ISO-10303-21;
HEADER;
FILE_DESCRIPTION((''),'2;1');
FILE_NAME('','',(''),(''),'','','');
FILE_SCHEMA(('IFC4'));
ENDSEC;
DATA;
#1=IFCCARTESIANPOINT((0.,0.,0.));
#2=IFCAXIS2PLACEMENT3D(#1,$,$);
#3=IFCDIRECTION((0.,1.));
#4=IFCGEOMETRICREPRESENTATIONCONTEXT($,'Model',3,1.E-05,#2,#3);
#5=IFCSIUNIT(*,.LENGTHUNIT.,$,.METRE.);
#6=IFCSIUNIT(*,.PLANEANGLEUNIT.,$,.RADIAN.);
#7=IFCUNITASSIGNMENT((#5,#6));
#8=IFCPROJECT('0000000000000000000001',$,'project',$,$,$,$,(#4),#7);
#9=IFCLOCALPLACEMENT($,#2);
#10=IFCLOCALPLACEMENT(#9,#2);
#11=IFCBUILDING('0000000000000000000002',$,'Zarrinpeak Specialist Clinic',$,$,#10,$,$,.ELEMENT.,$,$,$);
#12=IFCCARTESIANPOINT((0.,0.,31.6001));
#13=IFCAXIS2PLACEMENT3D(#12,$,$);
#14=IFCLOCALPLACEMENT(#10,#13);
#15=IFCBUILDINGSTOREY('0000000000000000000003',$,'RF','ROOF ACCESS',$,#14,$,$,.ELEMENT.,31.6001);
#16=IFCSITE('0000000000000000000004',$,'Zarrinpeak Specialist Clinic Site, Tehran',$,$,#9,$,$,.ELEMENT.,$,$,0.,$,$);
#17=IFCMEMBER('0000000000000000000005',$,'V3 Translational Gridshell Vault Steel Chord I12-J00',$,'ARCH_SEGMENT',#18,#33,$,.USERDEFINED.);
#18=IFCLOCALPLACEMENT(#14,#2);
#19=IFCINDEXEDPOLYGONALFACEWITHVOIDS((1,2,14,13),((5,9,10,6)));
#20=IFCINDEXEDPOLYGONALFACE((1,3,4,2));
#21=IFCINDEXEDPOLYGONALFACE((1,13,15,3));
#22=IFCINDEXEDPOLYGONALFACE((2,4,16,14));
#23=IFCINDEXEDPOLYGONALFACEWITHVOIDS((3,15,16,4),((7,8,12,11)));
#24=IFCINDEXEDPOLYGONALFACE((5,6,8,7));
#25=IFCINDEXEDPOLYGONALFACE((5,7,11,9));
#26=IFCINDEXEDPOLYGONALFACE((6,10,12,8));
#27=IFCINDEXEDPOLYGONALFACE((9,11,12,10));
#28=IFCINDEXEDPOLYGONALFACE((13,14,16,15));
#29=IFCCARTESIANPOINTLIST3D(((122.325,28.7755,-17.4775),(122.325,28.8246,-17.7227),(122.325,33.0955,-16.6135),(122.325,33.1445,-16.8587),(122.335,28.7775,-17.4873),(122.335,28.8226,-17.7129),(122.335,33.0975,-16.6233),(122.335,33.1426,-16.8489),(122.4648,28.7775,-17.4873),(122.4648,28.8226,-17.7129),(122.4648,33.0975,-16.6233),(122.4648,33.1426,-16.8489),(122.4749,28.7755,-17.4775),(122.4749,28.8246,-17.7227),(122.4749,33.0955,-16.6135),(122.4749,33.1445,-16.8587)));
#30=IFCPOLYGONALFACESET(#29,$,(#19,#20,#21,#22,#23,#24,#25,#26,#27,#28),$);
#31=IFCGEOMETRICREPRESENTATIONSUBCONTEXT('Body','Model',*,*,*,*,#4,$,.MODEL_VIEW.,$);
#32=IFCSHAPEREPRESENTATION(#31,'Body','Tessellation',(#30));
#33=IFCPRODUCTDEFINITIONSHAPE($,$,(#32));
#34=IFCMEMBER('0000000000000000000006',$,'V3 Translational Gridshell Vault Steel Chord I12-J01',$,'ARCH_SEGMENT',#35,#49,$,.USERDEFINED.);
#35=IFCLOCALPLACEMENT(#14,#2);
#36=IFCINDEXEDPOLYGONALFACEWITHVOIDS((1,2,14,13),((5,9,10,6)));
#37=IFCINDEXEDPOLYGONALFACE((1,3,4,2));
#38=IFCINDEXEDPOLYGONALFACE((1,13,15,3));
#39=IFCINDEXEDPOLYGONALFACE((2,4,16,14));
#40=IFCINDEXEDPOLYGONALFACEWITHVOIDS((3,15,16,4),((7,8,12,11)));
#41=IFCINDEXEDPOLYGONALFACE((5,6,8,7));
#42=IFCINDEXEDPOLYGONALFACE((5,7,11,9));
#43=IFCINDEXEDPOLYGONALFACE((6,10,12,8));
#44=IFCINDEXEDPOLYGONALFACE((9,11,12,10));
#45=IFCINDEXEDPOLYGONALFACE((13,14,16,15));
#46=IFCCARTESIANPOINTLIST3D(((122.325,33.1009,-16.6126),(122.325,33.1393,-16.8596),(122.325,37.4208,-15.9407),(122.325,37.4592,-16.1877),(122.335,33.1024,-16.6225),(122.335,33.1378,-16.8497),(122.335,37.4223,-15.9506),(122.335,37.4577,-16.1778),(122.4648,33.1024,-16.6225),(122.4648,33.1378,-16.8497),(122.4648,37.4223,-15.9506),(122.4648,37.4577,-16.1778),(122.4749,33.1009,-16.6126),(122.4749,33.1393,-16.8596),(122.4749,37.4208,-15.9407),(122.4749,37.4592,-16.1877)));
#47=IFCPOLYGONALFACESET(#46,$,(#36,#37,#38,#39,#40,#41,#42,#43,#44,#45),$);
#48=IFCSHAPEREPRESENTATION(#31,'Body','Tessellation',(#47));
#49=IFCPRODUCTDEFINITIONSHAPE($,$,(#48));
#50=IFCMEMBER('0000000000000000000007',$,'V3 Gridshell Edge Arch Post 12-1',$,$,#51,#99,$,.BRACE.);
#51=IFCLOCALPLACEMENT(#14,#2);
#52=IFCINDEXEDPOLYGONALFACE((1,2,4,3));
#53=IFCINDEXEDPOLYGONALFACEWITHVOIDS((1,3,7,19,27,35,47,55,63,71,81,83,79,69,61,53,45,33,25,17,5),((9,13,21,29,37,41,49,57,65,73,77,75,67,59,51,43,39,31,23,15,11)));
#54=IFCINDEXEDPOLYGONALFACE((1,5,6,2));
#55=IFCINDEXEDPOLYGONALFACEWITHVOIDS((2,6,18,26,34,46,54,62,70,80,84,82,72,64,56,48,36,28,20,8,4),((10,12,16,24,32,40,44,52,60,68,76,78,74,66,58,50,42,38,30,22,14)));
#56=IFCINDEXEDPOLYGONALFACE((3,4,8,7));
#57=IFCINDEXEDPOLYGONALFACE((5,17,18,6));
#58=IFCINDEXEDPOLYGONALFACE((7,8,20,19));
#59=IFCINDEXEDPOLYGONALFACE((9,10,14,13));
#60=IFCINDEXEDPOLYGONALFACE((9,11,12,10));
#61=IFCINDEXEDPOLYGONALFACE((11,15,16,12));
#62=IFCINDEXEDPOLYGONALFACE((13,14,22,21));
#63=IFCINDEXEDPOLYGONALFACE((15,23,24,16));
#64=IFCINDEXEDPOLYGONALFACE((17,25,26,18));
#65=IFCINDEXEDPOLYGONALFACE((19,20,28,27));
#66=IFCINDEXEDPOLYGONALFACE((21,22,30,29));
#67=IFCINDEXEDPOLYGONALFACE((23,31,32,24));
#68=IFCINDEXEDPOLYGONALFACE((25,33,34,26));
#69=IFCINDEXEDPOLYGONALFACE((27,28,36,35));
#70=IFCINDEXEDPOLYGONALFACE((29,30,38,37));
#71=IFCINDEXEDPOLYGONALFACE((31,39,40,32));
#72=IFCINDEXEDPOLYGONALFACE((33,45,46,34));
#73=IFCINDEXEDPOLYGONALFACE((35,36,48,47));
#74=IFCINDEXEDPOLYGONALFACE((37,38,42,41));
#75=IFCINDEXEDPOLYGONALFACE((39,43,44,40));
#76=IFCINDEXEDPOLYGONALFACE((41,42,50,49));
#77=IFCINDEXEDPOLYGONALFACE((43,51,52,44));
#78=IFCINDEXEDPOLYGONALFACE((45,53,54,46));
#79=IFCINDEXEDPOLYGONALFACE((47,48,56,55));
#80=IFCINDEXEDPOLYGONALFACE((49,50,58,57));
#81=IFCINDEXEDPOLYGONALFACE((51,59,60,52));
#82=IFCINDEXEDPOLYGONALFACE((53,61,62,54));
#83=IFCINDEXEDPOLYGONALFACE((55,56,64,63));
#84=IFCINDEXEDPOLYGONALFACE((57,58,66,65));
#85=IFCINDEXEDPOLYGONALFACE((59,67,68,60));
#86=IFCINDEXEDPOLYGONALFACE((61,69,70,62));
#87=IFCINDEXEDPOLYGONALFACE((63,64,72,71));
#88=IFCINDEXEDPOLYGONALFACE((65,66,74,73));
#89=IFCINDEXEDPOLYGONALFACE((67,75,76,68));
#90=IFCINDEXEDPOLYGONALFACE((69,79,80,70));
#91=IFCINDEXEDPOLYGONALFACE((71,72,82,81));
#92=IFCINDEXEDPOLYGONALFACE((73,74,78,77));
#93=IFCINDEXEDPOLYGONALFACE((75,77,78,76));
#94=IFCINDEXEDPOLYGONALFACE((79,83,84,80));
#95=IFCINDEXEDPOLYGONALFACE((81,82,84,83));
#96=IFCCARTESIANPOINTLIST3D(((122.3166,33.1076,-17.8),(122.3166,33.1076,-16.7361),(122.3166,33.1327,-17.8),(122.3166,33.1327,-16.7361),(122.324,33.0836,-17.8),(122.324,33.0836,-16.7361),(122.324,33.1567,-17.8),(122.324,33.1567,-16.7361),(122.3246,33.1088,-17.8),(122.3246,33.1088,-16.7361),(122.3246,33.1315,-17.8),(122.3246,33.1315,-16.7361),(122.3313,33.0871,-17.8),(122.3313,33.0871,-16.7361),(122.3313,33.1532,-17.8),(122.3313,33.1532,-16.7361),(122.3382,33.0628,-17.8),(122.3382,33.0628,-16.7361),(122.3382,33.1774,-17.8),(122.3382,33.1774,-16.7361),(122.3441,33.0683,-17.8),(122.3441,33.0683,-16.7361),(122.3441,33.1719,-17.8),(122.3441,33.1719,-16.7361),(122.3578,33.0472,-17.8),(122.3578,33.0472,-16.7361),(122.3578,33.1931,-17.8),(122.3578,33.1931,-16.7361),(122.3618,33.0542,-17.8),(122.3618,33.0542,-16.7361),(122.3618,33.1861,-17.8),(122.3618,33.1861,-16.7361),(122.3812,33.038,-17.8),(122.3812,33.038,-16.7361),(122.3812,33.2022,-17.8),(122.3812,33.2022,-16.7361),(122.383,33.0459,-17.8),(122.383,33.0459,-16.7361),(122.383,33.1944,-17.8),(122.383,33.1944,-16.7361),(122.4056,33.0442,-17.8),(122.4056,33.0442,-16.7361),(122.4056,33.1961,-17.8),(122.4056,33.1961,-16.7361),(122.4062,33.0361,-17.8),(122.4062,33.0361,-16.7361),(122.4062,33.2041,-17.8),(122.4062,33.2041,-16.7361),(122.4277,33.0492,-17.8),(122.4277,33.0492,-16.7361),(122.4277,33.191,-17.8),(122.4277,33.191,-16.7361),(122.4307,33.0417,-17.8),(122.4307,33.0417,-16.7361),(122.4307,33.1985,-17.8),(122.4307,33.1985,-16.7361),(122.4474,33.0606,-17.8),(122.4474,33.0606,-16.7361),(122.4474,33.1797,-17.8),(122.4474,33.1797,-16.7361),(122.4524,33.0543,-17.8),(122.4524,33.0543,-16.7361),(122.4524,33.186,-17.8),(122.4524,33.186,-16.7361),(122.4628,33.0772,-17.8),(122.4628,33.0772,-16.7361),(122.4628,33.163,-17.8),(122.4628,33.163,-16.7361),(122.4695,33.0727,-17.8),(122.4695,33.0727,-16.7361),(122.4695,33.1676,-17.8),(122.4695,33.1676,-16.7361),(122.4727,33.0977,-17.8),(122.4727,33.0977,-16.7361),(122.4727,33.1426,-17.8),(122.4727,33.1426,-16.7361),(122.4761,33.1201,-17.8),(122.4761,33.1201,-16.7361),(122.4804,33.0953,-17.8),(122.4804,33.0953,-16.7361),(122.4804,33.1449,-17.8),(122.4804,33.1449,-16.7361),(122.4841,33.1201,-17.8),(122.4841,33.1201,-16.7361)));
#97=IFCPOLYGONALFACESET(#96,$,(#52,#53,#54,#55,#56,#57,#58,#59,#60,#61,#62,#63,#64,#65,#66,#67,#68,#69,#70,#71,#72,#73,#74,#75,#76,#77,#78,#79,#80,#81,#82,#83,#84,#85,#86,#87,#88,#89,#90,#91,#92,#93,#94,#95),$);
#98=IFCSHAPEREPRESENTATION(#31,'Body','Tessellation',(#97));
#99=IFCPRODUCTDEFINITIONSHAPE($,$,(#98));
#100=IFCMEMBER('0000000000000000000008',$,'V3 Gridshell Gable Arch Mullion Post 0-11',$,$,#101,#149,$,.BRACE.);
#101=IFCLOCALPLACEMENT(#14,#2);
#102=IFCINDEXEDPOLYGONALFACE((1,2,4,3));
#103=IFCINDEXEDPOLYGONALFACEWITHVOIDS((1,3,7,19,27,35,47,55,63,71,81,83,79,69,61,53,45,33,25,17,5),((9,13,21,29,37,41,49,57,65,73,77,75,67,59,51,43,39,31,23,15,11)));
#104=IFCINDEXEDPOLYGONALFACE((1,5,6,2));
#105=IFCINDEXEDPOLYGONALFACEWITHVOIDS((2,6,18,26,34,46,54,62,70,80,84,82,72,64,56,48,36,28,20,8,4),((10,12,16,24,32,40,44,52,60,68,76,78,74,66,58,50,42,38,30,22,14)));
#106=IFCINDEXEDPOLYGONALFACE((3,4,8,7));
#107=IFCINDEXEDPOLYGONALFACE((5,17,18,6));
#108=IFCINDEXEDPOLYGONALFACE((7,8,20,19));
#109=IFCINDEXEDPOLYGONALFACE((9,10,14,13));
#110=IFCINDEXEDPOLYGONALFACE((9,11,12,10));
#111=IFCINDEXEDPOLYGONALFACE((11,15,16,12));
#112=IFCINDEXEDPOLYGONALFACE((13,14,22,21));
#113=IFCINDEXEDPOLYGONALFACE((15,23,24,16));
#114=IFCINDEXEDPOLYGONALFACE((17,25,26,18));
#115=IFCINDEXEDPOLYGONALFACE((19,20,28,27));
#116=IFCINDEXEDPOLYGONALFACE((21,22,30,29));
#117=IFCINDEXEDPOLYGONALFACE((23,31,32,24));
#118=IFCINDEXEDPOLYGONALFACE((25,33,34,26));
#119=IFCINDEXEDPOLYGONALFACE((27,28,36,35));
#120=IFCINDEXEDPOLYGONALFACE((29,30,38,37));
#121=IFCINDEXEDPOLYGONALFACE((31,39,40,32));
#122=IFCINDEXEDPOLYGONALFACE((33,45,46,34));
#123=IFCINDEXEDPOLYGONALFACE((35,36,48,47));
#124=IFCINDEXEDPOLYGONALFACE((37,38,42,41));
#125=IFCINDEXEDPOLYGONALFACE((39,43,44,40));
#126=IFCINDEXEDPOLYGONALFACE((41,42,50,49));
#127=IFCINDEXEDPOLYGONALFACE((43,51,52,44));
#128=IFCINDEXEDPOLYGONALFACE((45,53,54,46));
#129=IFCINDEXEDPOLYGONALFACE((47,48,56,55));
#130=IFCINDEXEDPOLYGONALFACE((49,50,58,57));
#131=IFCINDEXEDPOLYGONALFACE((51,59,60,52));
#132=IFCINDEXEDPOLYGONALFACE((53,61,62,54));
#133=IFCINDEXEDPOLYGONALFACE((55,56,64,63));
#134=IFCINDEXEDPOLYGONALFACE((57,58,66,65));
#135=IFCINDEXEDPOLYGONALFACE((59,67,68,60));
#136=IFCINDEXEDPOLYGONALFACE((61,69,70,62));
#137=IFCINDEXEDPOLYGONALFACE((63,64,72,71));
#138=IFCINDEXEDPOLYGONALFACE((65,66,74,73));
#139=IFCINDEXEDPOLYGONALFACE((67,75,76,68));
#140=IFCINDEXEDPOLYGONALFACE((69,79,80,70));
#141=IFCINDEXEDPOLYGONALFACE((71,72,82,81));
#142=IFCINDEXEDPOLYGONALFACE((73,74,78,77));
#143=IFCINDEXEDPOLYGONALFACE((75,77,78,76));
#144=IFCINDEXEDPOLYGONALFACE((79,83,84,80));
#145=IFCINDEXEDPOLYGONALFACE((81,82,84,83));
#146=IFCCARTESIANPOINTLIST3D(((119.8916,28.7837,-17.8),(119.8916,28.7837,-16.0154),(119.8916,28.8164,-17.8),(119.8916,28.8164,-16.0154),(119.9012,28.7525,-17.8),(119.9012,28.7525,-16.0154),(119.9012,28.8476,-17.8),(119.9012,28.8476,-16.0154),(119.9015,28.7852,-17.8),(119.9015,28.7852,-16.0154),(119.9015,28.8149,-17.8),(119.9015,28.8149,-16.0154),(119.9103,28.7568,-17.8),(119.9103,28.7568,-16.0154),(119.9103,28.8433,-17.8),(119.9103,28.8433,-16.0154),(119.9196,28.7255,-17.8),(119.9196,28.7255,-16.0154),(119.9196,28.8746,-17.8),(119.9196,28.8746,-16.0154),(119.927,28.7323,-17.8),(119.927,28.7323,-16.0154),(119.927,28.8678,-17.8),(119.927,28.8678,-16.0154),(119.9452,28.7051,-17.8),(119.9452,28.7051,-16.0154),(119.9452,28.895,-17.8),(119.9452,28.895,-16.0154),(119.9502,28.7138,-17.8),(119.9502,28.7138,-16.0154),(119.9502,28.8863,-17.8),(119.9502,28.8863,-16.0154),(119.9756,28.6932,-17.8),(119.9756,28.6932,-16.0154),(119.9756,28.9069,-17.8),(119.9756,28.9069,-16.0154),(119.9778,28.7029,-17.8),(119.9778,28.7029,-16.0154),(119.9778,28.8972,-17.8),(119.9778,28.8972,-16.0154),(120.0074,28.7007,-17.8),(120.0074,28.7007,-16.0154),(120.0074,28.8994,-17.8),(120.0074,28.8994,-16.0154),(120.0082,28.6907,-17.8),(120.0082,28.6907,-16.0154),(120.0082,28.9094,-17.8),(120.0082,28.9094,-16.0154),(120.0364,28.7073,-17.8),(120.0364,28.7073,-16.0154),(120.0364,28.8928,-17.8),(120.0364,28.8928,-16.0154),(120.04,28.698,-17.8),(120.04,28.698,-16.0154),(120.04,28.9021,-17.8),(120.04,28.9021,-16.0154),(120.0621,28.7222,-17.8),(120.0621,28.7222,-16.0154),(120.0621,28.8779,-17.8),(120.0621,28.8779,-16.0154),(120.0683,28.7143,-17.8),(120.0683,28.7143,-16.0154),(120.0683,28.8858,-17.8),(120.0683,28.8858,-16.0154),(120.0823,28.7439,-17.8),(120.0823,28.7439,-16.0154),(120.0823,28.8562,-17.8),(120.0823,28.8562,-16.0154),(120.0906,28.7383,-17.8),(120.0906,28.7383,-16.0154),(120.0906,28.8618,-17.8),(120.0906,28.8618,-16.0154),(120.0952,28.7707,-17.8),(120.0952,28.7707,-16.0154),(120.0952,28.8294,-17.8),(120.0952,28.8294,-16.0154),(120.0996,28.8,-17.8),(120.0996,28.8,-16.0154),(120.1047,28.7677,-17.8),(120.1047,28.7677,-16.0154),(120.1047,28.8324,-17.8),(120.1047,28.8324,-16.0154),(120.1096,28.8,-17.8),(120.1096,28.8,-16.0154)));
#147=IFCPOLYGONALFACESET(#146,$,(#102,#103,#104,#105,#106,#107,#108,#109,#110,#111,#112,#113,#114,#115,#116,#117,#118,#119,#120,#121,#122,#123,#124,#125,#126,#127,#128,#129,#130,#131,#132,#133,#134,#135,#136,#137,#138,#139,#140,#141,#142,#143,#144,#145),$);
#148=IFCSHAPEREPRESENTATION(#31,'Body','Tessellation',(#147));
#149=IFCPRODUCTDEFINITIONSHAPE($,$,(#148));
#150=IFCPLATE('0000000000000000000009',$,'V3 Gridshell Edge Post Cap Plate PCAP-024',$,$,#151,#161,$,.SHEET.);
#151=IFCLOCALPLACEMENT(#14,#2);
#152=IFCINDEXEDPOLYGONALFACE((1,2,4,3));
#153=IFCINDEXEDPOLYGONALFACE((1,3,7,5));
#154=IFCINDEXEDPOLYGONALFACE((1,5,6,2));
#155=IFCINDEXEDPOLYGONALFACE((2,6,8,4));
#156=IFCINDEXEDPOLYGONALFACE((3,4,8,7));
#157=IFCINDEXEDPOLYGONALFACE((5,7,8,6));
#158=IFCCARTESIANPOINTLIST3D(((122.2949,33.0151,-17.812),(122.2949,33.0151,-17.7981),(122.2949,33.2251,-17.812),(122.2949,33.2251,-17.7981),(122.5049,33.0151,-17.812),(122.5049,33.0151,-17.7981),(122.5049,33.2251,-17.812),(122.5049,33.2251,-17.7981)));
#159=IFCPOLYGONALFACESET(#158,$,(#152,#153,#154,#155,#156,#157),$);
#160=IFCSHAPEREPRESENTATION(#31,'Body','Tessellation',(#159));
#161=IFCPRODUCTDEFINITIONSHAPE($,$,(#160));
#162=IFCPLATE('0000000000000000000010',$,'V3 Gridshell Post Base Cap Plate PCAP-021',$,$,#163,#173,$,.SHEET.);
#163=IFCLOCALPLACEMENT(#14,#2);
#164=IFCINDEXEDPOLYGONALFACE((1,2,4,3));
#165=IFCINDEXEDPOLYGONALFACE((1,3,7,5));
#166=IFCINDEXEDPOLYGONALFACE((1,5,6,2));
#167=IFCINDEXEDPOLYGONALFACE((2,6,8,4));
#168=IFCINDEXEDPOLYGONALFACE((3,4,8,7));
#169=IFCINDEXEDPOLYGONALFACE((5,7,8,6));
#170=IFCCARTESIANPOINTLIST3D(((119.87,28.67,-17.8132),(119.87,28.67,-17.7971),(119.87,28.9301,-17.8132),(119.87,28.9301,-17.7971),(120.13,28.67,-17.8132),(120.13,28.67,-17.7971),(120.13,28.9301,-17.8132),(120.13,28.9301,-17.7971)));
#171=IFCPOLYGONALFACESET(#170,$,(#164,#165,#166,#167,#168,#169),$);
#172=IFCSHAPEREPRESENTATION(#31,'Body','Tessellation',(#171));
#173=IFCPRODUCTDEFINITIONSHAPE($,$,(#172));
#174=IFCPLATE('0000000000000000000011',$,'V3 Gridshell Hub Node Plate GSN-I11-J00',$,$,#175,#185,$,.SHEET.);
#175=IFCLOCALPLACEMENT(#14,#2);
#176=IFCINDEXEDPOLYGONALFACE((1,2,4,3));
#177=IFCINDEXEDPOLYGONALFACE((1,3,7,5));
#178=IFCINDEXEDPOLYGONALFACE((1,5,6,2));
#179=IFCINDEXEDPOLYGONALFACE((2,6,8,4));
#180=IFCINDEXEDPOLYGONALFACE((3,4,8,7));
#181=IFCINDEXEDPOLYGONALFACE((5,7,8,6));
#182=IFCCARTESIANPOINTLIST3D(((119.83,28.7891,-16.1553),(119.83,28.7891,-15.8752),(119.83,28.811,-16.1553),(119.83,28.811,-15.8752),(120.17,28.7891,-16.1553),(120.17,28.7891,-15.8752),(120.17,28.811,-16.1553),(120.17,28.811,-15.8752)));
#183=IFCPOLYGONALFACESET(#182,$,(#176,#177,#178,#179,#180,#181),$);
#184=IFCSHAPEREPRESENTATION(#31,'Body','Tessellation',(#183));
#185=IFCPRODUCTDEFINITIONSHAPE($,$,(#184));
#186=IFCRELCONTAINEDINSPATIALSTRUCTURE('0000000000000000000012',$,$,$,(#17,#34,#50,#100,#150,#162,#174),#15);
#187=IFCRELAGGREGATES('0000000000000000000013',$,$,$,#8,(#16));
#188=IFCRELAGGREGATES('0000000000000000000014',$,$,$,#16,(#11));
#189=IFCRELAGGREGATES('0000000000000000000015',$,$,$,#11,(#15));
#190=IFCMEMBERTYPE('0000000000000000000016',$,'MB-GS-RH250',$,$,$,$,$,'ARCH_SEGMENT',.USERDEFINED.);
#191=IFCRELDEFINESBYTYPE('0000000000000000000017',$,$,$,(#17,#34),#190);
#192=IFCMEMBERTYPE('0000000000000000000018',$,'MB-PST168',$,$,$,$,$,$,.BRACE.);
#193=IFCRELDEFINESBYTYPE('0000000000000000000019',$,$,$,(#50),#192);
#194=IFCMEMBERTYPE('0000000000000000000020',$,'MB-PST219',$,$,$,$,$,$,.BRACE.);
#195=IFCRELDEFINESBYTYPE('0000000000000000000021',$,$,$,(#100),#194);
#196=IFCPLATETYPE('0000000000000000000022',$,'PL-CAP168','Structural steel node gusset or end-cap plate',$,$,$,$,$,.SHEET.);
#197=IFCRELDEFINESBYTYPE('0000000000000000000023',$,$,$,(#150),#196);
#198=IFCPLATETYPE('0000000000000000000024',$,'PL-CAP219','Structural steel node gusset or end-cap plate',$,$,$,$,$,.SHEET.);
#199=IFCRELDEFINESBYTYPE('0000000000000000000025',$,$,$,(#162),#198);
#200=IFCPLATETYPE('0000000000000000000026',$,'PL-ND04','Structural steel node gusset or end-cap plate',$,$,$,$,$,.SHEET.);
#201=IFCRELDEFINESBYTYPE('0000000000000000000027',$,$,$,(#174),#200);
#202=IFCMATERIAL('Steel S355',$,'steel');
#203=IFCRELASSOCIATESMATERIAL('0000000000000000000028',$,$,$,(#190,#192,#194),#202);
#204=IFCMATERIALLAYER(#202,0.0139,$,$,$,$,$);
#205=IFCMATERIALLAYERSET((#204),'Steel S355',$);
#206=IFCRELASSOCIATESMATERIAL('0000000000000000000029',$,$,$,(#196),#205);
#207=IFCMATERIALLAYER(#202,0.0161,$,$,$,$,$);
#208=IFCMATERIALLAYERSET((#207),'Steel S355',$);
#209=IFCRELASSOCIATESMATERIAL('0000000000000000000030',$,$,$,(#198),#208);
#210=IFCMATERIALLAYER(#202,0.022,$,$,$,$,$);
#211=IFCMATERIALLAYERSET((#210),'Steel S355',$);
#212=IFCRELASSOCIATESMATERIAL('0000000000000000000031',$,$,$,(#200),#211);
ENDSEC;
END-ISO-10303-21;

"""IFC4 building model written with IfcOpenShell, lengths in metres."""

from ifc_helpers import new_model, si_unit, direction, frame, origin, origin_2d, place, context, subcontext, project, spatial, rectangle, hollow_rectangle, hollow_circle, extrude, material, layer, layer_set, material_profile, profile_set, type_object, element, save


model = new_model("IFC4")

# Units and contexts
model_context = context("Model", 3, precision=1e-05, world=origin(), true_north=direction((0.0, 1.0)))
body_context = subcontext(model_context, "Body", "Model", "MODEL_VIEW")
ifc_project = project(units=[si_unit("LENGTHUNIT", "METRE"), si_unit("PLANEANGLEUNIT", "RADIAN")], contexts=[model_context])

# Site, building, storey
site_placement = place(None, origin())
site = spatial("IfcSite", under=ifc_project, at=site_placement, Name="Zarrinpeak Specialist Clinic Site, Tehran", CompositionType="ELEMENT", RefElevation=0.0)
building_placement = place(site_placement, origin())
building = spatial("IfcBuilding", under=site, at=building_placement, Name="Zarrinpeak Specialist Clinic", CompositionType="ELEMENT")
storey_placement = place(building_placement, frame((0.0, 0.0, 31.6001)))
storey = spatial("IfcBuildingStorey", under=building, at=storey_placement, Name="RF", Description="ROOF ACCESS", CompositionType="ELEMENT", Elevation=31.6001)

# Members
ifc_material_1 = material(Name="Steel S355", Category="steel")
ifc_material_profile_1 = material_profile(ifc_material_1, hollow_rectangle(XDim=0.1499, YDim=0.25, WallThickness=0.01, at=origin_2d()), Name="RHS 250x150x10.0")
ifc_profile_set_1 = profile_set([ifc_material_profile_1], Name="Steel S355")
member_type_1 = type_object("IfcMemberType", Name="MB-GS-RH250", ElementType="ARCH_SEGMENT", PredefinedType="USERDEFINED", material=ifc_profile_set_1)
member_1_placement = place(storey_placement, frame((122.3999, 28.8, -17.6001), z_axis=(0.0, 0.980581, 0.196116), x_axis=(-1.0, 0.0, 0.0)))
element("IfcMember", 1, at=member_1_placement, inside=storey, type_object=member_type_1, Name="V3 Translational Gridshell Vault Steel Chord I12-J00", ObjectType="ARCH_SEGMENT", PredefinedType="USERDEFINED", context=body_context, shape_type="SweptSolid", body=[
    extrude(hollow_rectangle(XDim=0.1499, YDim=0.25, WallThickness=0.01, at=origin_2d()), origin(), (0.0, 0.0, 1.0), 4.4055),
])
member_2_placement = place(storey_placement, frame((122.3999, 33.1201, -16.7361), z_axis=(0.0, 0.98812, 0.153685), x_axis=(-1.0, 0.0, 0.0)))
element("IfcMember", 2, at=member_2_placement, inside=storey, type_object=member_type_1, Name="V3 Translational Gridshell Vault Steel Chord I12-J01", ObjectType="ARCH_SEGMENT", PredefinedType="USERDEFINED", context=body_context, shape_type="SweptSolid", body=[
    extrude(hollow_rectangle(XDim=0.1499, YDim=0.25, WallThickness=0.01, at=origin_2d()), origin(), (0.0, 0.0, 1.0), 4.3718),
])
ifc_material_profile_2 = material_profile(ifc_material_1, hollow_circle(Radius=0.0842, WallThickness=0.0081, at=origin_2d()), Name="CHS 168.3x8.0")
ifc_profile_set_2 = profile_set([ifc_material_profile_2], Name="Steel S355")
member_type_2 = type_object("IfcMemberType", Name="MB-PST168", PredefinedType="BRACE", material=ifc_profile_set_2)
member_3_placement = place(storey_placement, frame((122.3999, 33.1201, -17.8), z_axis=(0.0, 0.0, 1.0), x_axis=(1.0, 0.0, 0.0)))
element("IfcMember", 3, at=member_3_placement, inside=storey, type_object=member_type_2, Name="V3 Gridshell Edge Arch Post 12-1", PredefinedType="BRACE", context=body_context, shape_type="SweptSolid", body=[
    extrude(hollow_circle(Radius=0.0842, WallThickness=0.0081, at=origin_2d()), origin(), (0.0, 0.0, 1.0), 1.064),
])
ifc_material_profile_3 = material_profile(ifc_material_1, hollow_circle(Radius=0.1096, WallThickness=0.01, at=origin_2d()), Name="CHS 219.1x10.0")
ifc_profile_set_3 = profile_set([ifc_material_profile_3], Name="Steel S355")
member_type_3 = type_object("IfcMemberType", Name="MB-PST219", PredefinedType="BRACE", material=ifc_profile_set_3)
member_4_placement = place(storey_placement, frame((120.0, 28.8, -17.8), z_axis=(0.0, 0.0, 1.0), x_axis=(1.0, 0.0, 0.0)))
element("IfcMember", 4, at=member_4_placement, inside=storey, type_object=member_type_3, Name="V3 Gridshell Gable Arch Mullion Post 0-11", PredefinedType="BRACE", context=body_context, shape_type="SweptSolid", body=[
    extrude(hollow_circle(Radius=0.1096, WallThickness=0.01, at=origin_2d()), origin(), (0.0, 0.0, 1.0), 1.7847),
])

# Plates
ifc_layer_1 = layer(ifc_material_1, 0.0139)
ifc_layer_set_1 = layer_set([ifc_layer_1], Name="Steel S355")
plate_type_1 = type_object("IfcPlateType", Name="PL-CAP168", Description="Structural steel node gusset or end-cap plate", PredefinedType="SHEET", material=ifc_layer_set_1)
plate_1_placement = place(storey_placement, frame((122.3999, 33.1201, -17.812), z_axis=(0.0, 0.0, 1.0), x_axis=(1.0, 0.0, 0.0)))
element("IfcPlate", 5, at=plate_1_placement, inside=storey, type_object=plate_type_1, Name="V3 Gridshell Edge Post Cap Plate PCAP-024", PredefinedType="SHEET", context=body_context, shape_type="SweptSolid", body=[
    extrude(rectangle(XDim=0.21, YDim=0.21, at=origin_2d()), origin(), (0.0, 0.0, 1.0), 0.0139),
])
ifc_layer_2 = layer(ifc_material_1, 0.0161)
ifc_layer_set_2 = layer_set([ifc_layer_2], Name="Steel S355")
plate_type_2 = type_object("IfcPlateType", Name="PL-CAP219", Description="Structural steel node gusset or end-cap plate", PredefinedType="SHEET", material=ifc_layer_set_2)
plate_2_placement = place(storey_placement, frame((120.0, 28.8, -17.8132), z_axis=(0.0, 0.0, 1.0), x_axis=(1.0, 0.0, 0.0)))
element("IfcPlate", 6, at=plate_2_placement, inside=storey, type_object=plate_type_2, Name="V3 Gridshell Post Base Cap Plate PCAP-021", PredefinedType="SHEET", context=body_context, shape_type="SweptSolid", body=[
    extrude(rectangle(XDim=0.26, YDim=0.26, at=origin_2d()), origin(), (0.0, 0.0, 1.0), 0.0161),
])
ifc_layer_3 = layer(ifc_material_1, 0.022)
ifc_layer_set_3 = layer_set([ifc_layer_3], Name="Steel S355")
plate_type_3 = type_object("IfcPlateType", Name="PL-ND04", Description="Structural steel node gusset or end-cap plate", PredefinedType="SHEET", material=ifc_layer_set_3)
plate_3_placement = place(storey_placement, frame((120.0, 28.8, -16.1553), z_axis=(0.0, 0.0, 1.0), x_axis=(1.0, 0.0, 0.0)))
element("IfcPlate", 7, at=plate_3_placement, inside=storey, type_object=plate_type_3, Name="V3 Gridshell Hub Node Plate GSN-I11-J00", PredefinedType="SHEET", context=body_context, shape_type="SweptSolid", body=[
    extrude(rectangle(XDim=0.3401, YDim=0.022, at=origin_2d()), origin(), (0.0, 0.0, 1.0), 0.28),
])

save(model, "model.ifc")
